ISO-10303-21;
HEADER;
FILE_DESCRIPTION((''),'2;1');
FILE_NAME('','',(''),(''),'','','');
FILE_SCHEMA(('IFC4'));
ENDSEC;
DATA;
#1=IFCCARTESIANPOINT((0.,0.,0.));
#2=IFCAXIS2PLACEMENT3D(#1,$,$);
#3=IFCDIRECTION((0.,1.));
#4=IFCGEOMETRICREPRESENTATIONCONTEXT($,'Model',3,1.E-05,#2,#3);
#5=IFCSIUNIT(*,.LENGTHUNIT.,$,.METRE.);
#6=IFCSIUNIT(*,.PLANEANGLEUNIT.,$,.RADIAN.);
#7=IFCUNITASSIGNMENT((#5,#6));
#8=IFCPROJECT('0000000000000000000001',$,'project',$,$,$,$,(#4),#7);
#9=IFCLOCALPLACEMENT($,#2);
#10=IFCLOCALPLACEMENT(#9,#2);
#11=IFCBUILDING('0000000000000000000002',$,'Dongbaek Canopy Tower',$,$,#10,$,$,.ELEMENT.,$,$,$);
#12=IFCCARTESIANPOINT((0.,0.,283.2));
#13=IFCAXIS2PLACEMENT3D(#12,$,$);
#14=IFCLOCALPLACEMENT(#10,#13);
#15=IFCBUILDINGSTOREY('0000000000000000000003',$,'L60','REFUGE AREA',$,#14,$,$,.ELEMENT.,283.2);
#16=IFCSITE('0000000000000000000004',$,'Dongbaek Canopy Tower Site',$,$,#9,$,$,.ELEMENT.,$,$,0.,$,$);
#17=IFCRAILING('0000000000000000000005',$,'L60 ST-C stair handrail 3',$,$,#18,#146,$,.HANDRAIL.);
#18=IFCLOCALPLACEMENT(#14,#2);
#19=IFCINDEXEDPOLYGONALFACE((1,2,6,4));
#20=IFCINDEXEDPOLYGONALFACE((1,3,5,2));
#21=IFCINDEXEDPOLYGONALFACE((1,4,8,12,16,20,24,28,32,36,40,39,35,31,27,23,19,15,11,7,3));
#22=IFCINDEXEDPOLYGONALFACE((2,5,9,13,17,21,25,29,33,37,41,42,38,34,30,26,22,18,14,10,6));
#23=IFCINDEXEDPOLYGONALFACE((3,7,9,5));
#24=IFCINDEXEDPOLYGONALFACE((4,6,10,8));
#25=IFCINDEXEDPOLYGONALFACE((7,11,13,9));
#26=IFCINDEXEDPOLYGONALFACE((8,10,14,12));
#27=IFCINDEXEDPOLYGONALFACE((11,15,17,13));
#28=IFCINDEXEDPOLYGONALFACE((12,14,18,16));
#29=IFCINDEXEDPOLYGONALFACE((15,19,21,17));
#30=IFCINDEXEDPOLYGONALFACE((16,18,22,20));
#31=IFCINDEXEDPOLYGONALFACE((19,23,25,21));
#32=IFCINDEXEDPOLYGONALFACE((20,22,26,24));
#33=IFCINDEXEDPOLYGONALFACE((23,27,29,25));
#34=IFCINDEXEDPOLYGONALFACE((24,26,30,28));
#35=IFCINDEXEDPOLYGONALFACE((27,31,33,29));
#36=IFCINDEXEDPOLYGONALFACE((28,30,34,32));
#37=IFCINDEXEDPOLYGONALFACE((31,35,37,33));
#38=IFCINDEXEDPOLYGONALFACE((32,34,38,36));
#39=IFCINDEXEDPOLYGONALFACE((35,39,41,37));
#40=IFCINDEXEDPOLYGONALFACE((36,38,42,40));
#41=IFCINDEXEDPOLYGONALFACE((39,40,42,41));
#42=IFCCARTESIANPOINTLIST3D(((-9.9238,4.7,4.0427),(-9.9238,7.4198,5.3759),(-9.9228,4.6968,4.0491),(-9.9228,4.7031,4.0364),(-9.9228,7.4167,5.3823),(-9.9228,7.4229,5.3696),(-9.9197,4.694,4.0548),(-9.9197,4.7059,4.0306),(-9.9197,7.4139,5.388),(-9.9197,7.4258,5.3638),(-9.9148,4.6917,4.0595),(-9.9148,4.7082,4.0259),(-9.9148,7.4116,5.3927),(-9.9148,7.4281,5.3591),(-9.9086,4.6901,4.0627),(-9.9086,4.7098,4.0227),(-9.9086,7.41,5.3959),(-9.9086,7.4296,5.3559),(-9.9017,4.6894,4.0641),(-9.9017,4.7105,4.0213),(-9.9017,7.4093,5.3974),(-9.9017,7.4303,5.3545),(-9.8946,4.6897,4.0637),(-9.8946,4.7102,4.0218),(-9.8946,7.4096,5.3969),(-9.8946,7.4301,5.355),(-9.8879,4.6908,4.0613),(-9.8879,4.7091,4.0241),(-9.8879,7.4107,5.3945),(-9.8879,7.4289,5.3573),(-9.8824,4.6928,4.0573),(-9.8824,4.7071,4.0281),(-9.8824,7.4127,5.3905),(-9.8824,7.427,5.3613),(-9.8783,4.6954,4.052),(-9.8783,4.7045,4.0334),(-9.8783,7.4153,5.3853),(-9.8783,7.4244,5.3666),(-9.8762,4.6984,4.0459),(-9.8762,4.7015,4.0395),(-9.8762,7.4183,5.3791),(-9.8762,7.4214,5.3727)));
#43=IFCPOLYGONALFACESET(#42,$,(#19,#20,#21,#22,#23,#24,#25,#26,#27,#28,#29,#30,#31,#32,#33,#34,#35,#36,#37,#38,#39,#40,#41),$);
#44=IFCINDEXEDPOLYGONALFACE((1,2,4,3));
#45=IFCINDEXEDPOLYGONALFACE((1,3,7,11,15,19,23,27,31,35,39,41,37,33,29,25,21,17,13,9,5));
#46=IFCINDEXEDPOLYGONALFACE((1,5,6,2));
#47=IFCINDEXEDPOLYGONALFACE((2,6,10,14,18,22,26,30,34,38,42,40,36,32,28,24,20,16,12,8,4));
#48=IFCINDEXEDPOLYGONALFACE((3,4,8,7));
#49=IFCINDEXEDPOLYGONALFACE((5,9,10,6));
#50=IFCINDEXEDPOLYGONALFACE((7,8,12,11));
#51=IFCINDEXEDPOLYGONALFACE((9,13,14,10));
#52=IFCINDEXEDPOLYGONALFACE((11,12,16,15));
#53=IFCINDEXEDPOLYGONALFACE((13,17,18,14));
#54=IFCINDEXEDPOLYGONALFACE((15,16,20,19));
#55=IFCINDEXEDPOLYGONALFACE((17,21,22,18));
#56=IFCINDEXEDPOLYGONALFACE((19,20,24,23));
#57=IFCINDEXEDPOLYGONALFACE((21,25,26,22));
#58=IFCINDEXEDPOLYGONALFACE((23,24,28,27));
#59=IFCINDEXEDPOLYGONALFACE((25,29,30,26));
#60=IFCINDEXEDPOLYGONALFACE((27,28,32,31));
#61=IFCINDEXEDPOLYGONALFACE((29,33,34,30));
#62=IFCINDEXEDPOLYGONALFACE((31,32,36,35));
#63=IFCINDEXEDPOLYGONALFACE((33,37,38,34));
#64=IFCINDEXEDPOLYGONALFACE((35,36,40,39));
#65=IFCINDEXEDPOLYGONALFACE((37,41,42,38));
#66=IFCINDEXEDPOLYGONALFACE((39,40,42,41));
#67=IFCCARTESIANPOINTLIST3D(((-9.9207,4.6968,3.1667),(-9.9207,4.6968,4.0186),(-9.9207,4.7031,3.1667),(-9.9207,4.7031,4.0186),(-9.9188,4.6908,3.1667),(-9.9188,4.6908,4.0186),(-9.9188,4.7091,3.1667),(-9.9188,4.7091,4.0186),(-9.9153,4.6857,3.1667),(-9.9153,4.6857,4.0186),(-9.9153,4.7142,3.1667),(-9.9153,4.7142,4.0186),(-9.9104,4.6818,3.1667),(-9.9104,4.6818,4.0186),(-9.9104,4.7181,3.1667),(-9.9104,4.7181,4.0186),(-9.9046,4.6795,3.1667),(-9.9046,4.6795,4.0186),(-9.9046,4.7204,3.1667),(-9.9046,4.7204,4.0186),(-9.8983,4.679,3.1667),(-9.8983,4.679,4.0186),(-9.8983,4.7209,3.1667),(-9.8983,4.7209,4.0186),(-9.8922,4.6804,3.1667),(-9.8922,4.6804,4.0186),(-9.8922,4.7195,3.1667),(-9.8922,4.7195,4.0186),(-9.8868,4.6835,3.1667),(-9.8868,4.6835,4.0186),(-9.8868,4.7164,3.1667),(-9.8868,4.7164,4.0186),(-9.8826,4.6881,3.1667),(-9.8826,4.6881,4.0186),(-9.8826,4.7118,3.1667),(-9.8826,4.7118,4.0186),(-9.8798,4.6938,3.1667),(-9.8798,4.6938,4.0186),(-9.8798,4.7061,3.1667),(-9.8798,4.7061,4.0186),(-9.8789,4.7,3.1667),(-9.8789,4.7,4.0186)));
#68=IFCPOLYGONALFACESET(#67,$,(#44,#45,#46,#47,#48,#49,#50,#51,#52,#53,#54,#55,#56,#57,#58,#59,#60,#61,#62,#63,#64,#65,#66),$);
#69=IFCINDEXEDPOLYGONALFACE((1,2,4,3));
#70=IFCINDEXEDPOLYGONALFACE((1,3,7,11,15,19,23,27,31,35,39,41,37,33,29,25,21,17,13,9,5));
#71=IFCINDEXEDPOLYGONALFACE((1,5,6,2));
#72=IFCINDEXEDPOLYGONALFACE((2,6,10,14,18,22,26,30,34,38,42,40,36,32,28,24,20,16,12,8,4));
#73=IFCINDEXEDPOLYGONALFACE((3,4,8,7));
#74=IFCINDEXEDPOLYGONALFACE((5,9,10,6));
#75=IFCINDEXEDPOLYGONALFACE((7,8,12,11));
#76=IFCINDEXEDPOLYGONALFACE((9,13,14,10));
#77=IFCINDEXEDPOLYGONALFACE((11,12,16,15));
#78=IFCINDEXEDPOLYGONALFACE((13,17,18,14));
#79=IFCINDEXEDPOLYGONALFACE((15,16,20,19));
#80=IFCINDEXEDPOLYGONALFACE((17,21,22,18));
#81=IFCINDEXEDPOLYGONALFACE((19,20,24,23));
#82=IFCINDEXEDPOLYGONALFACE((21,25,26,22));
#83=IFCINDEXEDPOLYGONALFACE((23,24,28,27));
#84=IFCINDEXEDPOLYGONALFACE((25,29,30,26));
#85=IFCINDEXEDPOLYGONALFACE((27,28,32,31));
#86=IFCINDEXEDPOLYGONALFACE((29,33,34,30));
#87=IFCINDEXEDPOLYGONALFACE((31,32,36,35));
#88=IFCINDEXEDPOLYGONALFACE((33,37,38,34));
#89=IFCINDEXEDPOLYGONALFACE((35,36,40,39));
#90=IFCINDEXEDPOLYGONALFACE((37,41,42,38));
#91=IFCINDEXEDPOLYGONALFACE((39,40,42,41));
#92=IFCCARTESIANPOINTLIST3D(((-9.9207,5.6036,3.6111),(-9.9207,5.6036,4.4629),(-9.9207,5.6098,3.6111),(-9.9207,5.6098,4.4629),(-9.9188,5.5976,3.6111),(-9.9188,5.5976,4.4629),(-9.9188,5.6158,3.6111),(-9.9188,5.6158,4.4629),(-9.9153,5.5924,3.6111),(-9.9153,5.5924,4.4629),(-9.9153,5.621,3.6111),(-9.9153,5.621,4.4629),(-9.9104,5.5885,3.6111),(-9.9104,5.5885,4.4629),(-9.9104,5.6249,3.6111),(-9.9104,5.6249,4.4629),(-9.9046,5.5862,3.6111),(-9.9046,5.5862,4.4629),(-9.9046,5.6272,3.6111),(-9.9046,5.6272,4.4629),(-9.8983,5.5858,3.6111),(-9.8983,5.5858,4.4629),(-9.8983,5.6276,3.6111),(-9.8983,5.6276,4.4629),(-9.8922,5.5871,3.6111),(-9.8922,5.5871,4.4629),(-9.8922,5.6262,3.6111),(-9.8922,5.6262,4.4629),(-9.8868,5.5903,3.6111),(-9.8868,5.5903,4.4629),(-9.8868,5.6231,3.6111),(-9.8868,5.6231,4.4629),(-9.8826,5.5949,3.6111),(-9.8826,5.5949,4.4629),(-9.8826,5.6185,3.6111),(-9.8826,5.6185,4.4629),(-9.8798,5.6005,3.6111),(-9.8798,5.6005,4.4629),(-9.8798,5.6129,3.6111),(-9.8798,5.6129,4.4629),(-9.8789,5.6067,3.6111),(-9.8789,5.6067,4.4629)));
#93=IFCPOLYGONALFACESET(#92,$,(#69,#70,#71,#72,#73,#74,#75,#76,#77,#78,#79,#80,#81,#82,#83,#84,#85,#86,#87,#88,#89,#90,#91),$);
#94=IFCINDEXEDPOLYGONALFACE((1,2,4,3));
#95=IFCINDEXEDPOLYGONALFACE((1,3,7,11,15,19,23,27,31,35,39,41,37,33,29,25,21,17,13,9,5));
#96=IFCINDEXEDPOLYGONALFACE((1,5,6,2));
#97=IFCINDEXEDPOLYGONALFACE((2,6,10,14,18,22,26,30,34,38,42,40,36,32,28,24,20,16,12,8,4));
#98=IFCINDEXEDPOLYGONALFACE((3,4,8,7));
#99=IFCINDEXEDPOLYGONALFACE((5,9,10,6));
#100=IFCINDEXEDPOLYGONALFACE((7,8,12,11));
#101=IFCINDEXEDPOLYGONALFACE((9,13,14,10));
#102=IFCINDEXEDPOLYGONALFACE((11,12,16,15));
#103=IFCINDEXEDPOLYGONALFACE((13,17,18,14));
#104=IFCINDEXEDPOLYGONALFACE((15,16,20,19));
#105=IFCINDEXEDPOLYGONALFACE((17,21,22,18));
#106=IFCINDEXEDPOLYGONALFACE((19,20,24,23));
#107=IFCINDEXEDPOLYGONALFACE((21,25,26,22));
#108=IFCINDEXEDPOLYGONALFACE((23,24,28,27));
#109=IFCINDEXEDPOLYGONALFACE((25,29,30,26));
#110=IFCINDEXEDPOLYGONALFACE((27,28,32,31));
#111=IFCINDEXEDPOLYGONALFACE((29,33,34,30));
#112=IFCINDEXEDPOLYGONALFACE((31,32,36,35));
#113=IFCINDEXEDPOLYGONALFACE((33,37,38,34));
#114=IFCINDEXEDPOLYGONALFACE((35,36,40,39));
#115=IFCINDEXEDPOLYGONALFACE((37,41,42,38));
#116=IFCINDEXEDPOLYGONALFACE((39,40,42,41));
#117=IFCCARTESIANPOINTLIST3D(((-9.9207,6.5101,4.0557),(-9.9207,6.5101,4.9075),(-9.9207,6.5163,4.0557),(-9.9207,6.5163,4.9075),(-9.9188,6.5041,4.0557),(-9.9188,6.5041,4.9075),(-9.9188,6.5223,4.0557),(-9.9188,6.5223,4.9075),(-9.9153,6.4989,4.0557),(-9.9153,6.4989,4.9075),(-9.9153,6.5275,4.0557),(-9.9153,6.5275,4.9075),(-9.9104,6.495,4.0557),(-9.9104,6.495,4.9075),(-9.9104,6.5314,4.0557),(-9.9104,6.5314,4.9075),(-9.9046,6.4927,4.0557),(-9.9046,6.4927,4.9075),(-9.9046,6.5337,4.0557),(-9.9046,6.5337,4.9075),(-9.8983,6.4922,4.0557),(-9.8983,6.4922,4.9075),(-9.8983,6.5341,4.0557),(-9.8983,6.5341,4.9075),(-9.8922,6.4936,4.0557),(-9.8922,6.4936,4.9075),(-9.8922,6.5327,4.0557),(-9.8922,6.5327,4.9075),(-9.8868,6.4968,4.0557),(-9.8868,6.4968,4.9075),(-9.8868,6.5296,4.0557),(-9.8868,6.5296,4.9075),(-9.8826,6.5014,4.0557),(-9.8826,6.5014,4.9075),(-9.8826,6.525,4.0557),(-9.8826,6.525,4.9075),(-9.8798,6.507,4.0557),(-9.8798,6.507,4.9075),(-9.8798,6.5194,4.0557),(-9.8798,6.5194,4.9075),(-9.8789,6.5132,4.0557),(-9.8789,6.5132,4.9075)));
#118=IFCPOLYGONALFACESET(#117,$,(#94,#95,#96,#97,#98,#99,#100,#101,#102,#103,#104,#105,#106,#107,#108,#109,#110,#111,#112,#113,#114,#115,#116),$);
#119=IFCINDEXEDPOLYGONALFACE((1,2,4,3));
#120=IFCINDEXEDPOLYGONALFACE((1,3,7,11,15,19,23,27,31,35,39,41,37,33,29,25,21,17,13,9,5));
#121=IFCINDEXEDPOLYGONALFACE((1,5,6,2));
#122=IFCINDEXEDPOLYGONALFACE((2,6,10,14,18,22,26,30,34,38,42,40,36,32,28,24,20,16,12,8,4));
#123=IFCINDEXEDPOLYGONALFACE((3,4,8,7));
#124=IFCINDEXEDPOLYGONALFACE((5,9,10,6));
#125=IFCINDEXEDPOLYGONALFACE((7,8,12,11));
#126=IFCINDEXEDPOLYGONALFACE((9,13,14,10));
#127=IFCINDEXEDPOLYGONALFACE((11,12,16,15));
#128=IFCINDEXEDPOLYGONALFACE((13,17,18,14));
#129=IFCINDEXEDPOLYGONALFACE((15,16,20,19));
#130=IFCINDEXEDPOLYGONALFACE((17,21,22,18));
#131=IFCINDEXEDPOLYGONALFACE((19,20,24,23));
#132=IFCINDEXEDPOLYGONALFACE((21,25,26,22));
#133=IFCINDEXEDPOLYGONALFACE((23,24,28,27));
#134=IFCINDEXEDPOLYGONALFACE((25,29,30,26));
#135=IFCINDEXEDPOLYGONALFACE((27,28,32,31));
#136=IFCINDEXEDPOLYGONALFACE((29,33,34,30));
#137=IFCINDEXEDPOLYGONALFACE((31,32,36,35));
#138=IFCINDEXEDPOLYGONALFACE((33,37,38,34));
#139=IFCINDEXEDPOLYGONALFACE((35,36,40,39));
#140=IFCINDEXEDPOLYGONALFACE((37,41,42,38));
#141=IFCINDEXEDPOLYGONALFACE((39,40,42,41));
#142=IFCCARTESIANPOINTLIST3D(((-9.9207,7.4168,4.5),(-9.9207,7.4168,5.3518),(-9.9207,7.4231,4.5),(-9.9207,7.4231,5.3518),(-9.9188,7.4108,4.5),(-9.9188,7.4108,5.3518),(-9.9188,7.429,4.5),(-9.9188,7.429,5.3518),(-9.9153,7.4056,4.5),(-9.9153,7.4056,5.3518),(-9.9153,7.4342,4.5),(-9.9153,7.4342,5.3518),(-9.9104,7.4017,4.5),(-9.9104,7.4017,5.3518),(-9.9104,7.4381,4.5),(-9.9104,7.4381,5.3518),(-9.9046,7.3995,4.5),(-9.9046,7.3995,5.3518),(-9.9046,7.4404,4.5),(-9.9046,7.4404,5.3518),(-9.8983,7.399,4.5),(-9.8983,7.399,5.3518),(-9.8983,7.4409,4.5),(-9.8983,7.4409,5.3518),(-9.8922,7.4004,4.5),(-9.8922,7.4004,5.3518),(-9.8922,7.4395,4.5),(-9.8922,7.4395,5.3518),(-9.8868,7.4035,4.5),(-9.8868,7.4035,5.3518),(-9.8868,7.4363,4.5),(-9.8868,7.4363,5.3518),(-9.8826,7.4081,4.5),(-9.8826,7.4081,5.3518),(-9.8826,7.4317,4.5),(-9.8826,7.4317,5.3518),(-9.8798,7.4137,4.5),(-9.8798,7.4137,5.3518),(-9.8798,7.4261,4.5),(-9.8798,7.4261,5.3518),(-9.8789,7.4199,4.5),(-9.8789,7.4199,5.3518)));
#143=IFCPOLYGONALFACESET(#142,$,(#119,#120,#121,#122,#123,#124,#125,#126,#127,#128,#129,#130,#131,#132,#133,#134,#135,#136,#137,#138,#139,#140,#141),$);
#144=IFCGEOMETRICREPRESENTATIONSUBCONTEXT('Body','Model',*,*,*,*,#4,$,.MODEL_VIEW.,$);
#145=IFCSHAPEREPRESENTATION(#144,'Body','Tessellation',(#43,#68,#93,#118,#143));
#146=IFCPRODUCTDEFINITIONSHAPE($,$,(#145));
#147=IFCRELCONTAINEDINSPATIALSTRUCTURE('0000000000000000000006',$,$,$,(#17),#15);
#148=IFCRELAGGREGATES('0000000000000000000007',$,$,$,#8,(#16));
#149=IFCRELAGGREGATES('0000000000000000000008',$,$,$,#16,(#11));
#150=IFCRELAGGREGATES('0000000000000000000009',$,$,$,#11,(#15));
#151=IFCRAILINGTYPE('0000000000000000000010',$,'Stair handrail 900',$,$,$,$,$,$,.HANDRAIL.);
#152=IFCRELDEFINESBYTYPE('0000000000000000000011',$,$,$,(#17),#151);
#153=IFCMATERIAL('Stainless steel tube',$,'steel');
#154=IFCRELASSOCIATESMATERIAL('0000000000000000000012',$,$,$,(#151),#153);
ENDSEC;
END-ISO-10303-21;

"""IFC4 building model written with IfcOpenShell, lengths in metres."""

from ifc_helpers import new_model, si_unit, direction, frame, origin, origin_2d, place, context, subcontext, project, spatial, circle, extrude, material, type_object, element, save


model = new_model("IFC4")

# Units and contexts
model_context = context("Model", 3, precision=1e-05, world=origin(), true_north=direction((0.0, 1.0)))
body_context = subcontext(model_context, "Body", "Model", "MODEL_VIEW")
ifc_project = project(units=[si_unit("LENGTHUNIT", "METRE"), si_unit("PLANEANGLEUNIT", "RADIAN")], contexts=[model_context])

# Site, building, storey
site_placement = place(None, origin())
site = spatial("IfcSite", under=ifc_project, at=site_placement, Name="Dongbaek Canopy Tower Site", CompositionType="ELEMENT", RefElevation=0.0)
building_placement = place(site_placement, origin())
building = spatial("IfcBuilding", under=site, at=building_placement, Name="Dongbaek Canopy Tower", CompositionType="ELEMENT")
storey_placement = place(building_placement, frame((0.0, 0.0, 283.2)))
storey = spatial("IfcBuildingStorey", under=building, at=storey_placement, Name="L60", Description="REFUGE AREA", CompositionType="ELEMENT", Elevation=283.2)

# Railing
ifc_material_1 = material(Name="Stainless steel tube", Category="steel")
railing_type_1 = type_object("IfcRailingType", Name="Stair handrail 900", PredefinedType="HANDRAIL", material=ifc_material_1)
railing_1_placement = place(storey_placement, frame((-9.8999, 4.7, 3.1667)))
element("IfcRailing", 1, at=railing_1_placement, inside=storey, type_object=railing_type_1, Name="L60 ST-C stair handrail 3", PredefinedType="HANDRAIL", context=body_context, shape_type="SweptSolid", body=[
    extrude(circle(Radius=0.0239, at=origin_2d()), frame((0.0, 0.0, 0.876), z_axis=(0.0, 0.897929, 0.440139), x_axis=(-1.0, 0.0, 0.0)), (0.0, 0.0, 1.0), 3.0291),
    extrude(circle(Radius=0.021, at=origin_2d()), origin(), (0.0, 0.0, 1.0), 0.8518),
    extrude(circle(Radius=0.021, at=origin_2d()), frame((0.0, 0.9067, 0.4443)), (0.0, 0.0, 1.0), 0.8518),
    extrude(circle(Radius=0.021, at=origin_2d()), frame((0.0, 1.8132, 0.8889)), (0.0, 0.0, 1.0), 0.8518),
    extrude(circle(Radius=0.021, at=origin_2d()), frame((0.0, 2.72, 1.3333)), (0.0, 0.0, 1.0), 0.8518),
])

save(model, "model.ifc")
